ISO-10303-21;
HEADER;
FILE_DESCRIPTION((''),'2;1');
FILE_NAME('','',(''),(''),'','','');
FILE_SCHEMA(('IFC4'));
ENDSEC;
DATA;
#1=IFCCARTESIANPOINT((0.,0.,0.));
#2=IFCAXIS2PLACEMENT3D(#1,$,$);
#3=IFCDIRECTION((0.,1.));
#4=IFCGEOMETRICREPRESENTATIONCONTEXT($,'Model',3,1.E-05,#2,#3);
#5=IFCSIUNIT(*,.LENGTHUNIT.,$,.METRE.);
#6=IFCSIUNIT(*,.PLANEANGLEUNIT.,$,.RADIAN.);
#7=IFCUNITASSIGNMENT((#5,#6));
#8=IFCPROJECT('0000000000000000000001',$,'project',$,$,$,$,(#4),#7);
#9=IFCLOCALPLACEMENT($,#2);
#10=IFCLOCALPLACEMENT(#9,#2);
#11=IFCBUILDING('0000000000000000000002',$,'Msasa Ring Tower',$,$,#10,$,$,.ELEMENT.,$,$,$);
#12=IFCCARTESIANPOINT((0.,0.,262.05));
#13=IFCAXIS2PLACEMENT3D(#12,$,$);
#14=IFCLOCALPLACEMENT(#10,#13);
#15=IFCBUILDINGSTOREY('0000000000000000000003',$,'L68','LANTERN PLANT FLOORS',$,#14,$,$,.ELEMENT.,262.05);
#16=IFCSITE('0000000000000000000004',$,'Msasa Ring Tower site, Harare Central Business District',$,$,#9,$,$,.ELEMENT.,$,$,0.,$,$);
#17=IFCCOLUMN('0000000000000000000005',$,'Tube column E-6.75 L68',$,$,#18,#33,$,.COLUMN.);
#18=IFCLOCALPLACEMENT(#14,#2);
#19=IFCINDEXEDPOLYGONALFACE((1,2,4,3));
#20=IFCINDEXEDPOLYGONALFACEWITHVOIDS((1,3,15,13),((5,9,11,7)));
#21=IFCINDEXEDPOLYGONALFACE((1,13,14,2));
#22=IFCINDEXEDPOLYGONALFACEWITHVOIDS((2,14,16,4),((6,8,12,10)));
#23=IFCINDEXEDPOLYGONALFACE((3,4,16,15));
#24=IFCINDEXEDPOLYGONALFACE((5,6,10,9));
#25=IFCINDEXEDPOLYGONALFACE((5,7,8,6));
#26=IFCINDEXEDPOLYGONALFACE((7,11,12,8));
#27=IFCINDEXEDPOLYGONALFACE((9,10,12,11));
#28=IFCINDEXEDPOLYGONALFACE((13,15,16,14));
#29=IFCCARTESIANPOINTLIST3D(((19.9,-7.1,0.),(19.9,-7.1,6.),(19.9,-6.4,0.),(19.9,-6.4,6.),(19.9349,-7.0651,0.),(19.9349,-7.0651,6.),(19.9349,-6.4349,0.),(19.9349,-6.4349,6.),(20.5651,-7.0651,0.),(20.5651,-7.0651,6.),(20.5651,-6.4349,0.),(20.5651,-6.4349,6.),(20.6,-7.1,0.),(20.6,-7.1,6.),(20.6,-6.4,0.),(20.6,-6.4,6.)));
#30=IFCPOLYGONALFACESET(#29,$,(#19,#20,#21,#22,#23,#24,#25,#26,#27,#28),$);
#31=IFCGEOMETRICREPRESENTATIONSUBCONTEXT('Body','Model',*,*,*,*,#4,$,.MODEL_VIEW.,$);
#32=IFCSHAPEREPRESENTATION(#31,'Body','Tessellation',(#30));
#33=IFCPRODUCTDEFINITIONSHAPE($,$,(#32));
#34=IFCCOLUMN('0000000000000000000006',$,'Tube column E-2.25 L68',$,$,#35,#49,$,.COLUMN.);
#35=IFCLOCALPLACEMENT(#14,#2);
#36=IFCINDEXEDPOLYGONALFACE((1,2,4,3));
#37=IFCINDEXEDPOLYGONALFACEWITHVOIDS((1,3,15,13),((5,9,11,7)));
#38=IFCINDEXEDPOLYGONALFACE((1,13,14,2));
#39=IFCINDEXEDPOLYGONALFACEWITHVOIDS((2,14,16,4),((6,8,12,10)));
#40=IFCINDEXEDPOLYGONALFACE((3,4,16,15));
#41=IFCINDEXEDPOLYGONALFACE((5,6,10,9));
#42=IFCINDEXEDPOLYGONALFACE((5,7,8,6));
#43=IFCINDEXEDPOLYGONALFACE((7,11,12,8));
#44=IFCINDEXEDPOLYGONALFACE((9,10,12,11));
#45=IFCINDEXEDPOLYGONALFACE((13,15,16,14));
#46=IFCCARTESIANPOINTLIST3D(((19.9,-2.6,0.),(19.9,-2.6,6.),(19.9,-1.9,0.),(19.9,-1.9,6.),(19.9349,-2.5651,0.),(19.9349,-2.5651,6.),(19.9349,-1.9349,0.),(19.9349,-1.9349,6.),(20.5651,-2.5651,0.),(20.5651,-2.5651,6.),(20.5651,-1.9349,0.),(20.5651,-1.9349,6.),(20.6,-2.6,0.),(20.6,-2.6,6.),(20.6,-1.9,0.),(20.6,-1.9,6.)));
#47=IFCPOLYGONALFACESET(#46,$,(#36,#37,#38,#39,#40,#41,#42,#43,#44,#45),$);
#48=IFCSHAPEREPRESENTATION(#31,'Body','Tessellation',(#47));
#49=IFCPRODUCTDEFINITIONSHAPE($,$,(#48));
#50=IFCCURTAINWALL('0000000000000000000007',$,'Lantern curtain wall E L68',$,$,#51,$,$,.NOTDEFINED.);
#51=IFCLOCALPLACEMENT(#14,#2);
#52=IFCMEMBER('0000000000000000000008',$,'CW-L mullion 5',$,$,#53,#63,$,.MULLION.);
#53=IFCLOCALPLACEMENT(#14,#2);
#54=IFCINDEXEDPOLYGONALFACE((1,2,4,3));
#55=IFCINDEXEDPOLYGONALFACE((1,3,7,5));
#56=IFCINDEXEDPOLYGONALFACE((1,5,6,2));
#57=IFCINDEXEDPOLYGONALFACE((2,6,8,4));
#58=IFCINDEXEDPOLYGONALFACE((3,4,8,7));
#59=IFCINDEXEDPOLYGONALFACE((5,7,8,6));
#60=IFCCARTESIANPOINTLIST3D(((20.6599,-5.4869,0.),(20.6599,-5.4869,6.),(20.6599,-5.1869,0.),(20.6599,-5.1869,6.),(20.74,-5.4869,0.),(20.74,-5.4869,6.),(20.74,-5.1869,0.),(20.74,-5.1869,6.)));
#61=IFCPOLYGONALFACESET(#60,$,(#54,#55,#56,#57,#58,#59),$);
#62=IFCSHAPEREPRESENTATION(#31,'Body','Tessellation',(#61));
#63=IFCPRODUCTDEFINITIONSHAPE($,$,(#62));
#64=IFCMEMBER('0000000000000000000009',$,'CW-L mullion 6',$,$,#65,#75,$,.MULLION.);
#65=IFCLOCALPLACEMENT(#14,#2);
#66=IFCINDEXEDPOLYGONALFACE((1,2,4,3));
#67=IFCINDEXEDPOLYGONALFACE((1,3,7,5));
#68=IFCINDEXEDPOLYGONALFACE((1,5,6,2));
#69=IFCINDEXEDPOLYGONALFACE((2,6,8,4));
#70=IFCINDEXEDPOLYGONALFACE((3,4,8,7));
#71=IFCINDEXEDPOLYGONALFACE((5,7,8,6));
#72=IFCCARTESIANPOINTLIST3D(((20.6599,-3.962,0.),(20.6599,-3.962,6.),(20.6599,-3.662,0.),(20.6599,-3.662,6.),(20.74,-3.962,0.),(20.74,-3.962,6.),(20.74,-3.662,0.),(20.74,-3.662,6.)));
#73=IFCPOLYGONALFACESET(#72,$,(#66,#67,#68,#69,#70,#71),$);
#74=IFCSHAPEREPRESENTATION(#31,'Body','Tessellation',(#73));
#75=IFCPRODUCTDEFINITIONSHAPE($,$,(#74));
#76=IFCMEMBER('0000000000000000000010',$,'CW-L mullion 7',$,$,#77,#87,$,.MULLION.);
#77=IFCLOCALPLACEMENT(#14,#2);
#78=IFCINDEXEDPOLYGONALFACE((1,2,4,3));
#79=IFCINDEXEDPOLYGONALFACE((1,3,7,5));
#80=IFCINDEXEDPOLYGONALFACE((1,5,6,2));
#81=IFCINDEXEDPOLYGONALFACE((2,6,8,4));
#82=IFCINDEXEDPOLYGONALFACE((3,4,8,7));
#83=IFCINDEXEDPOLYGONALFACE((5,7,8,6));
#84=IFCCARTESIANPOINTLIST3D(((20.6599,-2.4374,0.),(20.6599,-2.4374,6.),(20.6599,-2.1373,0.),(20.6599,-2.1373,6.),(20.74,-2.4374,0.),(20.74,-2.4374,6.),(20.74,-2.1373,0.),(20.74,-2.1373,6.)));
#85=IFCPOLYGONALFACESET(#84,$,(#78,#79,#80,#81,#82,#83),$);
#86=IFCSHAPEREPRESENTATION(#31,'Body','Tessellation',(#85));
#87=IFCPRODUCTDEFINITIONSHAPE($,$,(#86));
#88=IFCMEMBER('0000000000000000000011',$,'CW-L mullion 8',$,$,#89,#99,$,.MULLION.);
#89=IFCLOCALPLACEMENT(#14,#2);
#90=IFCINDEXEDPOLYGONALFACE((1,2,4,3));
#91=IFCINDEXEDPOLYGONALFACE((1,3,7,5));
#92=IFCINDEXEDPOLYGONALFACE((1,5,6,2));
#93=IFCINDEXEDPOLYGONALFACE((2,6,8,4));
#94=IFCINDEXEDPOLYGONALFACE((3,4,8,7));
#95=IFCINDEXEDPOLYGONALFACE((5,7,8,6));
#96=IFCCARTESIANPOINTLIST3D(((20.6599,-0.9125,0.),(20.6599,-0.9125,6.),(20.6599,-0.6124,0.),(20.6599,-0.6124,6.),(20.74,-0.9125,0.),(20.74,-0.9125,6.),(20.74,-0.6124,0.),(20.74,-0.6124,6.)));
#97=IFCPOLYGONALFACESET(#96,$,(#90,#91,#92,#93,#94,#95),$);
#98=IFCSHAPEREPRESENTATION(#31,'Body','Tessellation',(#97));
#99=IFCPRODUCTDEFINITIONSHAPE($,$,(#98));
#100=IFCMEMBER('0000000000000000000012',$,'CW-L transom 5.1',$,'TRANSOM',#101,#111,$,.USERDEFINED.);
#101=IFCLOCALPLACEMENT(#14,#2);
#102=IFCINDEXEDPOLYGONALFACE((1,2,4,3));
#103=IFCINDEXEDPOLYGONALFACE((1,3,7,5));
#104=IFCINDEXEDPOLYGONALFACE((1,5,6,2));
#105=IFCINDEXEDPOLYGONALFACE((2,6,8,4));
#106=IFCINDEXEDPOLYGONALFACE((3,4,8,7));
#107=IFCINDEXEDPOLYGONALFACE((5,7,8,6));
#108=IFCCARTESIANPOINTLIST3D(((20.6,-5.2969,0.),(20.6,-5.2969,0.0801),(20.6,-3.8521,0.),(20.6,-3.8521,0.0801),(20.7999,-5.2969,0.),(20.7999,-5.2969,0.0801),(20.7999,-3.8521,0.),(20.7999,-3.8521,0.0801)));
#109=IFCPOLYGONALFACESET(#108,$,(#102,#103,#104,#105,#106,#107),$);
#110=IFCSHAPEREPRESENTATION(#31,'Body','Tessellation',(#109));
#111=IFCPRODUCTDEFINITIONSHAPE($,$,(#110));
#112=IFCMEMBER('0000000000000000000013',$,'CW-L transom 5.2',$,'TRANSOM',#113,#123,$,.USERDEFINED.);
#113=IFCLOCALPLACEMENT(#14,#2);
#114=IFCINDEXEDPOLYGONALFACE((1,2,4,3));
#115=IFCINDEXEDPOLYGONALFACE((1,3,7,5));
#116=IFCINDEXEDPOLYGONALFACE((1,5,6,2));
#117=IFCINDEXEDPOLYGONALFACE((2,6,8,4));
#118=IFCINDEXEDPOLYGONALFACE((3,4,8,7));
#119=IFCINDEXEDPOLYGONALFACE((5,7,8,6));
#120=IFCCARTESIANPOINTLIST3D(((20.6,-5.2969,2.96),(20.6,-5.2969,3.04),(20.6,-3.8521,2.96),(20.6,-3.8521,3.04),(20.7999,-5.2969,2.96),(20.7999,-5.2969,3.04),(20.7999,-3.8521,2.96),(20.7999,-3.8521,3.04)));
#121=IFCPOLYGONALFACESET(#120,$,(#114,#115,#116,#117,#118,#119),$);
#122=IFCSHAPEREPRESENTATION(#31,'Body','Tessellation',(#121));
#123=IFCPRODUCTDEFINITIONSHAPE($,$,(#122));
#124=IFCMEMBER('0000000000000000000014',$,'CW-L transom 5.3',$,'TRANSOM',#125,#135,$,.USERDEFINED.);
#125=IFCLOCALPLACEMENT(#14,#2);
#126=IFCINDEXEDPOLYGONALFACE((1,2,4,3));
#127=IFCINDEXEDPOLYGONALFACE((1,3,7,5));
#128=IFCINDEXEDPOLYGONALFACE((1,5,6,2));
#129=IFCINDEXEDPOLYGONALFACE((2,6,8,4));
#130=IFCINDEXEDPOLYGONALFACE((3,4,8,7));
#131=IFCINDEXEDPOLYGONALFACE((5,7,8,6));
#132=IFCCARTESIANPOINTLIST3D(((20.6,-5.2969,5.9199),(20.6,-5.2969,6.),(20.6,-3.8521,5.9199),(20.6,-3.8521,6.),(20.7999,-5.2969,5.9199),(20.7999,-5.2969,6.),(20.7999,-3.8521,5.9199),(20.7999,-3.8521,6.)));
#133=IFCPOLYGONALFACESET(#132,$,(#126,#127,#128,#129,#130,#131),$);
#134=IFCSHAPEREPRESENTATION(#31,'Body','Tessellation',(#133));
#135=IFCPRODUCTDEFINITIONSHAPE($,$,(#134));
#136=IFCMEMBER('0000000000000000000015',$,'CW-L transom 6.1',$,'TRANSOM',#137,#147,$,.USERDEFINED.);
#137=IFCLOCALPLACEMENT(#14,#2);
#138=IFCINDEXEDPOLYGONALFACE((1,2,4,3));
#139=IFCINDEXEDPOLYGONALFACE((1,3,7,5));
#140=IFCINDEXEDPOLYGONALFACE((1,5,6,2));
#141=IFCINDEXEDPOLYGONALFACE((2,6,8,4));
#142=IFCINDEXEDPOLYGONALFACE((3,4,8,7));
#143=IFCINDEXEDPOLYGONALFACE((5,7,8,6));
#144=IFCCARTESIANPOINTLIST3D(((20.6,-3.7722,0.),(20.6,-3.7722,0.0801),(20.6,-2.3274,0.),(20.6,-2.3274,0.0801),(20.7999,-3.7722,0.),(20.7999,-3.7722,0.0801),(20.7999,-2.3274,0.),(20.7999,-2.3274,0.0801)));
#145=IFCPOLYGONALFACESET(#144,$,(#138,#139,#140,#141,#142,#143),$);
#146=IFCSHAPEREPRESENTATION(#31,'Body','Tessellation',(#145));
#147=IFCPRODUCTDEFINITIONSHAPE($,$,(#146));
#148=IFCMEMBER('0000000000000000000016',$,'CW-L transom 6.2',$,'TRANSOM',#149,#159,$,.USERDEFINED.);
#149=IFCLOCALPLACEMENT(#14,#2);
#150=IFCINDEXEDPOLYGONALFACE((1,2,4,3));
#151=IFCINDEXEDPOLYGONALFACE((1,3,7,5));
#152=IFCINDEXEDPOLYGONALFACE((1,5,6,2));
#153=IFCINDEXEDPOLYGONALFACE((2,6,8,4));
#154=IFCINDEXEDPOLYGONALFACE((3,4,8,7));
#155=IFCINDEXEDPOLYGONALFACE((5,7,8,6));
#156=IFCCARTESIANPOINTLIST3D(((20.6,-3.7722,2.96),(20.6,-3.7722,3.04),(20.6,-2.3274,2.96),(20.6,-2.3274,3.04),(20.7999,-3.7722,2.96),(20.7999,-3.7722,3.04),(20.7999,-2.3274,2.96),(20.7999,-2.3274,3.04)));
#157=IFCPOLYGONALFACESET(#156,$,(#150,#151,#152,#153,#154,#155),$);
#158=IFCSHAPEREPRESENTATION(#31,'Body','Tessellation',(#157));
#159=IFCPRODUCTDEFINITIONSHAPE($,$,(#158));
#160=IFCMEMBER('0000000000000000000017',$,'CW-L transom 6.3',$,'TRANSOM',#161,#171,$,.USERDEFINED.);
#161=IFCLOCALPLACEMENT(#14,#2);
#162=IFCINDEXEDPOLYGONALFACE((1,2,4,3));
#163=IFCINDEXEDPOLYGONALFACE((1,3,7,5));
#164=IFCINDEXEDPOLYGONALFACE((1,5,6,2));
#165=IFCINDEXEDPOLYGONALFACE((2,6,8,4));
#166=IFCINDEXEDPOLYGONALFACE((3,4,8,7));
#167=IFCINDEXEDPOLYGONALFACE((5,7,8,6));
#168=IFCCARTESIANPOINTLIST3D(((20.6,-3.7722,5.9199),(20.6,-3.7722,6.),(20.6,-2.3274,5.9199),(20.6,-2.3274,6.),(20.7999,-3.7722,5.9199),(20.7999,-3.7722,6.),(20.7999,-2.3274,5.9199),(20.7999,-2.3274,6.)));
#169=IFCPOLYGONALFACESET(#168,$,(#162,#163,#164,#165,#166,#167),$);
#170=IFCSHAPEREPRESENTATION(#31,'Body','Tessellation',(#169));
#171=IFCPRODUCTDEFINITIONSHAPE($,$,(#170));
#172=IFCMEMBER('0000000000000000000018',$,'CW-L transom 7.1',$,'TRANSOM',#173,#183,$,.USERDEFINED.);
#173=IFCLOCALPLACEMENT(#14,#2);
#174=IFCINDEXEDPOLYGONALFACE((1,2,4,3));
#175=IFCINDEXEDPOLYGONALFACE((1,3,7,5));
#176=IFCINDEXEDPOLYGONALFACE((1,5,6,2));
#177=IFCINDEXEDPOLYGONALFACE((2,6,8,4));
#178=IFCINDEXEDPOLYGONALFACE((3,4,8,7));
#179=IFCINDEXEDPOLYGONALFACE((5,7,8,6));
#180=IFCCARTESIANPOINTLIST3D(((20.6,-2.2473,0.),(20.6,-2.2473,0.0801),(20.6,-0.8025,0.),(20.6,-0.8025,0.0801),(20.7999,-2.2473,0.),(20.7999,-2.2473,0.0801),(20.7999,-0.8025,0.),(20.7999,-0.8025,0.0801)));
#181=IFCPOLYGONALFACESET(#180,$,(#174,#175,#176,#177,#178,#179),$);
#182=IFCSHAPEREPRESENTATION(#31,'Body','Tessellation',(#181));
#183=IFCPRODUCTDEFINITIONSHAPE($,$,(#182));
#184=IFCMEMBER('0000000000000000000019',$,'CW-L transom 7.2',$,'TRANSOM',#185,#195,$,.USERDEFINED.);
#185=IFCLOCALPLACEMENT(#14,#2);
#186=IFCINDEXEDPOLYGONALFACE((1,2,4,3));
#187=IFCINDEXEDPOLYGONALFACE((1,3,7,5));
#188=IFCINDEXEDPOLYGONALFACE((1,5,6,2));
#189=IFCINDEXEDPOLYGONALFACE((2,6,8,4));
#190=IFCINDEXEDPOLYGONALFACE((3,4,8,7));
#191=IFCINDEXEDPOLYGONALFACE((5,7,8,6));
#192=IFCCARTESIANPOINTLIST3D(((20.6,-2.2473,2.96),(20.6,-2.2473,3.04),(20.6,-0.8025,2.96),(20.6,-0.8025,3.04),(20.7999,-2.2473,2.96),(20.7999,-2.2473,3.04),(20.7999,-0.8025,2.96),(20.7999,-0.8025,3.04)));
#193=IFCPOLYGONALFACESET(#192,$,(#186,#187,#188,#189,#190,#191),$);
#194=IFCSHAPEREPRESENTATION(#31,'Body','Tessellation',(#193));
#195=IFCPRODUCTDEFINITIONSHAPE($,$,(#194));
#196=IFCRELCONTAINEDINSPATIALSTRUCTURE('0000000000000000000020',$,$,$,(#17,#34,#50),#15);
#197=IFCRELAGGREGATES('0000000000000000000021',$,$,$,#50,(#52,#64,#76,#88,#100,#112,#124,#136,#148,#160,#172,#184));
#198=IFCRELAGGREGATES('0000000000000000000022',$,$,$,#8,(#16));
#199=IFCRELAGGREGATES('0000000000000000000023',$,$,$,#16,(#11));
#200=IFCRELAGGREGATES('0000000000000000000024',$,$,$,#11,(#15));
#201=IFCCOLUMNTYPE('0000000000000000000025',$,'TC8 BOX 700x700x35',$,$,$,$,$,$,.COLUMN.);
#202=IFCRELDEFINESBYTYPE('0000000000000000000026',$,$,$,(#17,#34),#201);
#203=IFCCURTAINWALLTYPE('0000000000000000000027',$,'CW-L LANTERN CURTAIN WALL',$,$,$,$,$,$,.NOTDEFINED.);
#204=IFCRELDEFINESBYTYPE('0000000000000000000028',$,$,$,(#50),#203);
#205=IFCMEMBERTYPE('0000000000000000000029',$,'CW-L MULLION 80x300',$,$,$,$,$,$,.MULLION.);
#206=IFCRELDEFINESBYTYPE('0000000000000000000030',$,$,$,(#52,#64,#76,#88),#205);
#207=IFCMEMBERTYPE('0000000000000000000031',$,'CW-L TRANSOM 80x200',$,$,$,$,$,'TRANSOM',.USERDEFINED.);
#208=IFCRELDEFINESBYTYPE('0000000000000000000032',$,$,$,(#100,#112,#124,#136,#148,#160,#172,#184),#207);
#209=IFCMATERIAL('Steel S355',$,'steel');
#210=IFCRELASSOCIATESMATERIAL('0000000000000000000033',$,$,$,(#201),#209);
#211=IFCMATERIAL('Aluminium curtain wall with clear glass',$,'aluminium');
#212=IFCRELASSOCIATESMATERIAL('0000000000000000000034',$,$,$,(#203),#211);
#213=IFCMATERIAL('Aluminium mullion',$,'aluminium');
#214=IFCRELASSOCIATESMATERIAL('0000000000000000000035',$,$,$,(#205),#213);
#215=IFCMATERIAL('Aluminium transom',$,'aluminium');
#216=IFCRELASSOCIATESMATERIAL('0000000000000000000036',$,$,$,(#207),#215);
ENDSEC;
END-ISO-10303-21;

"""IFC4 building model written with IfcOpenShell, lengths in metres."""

from ifc_helpers import new_model, si_unit, direction, frame, origin, origin_2d, place, context, subcontext, project, spatial, rectangle, hollow_rectangle, extrude, material, material_profile, profile_set, type_object, element, aggregate, save


model = new_model("IFC4")

# Units and contexts
model_context = context("Model", 3, precision=1e-05, world=origin(), true_north=direction((0.0, 1.0)))
body_context = subcontext(model_context, "Body", "Model", "MODEL_VIEW")
ifc_project = project(units=[si_unit("LENGTHUNIT", "METRE"), si_unit("PLANEANGLEUNIT", "RADIAN")], contexts=[model_context])

# Site, building, storey
site_placement = place(None, origin())
site = spatial("IfcSite", under=ifc_project, at=site_placement, Name="Msasa Ring Tower site, Harare Central Business District", CompositionType="ELEMENT", RefElevation=0.0)
building_placement = place(site_placement, origin())
building = spatial("IfcBuilding", under=site, at=building_placement, Name="Msasa Ring Tower", CompositionType="ELEMENT")
storey_placement = place(building_placement, frame((0.0, 0.0, 262.05)))
storey = spatial("IfcBuildingStorey", under=building, at=storey_placement, Name="L68", Description="LANTERN PLANT FLOORS", CompositionType="ELEMENT", Elevation=262.05)

# Columns
ifc_material_1 = material(Name="Steel S355", Category="steel")
ifc_material_profile_1 = material_profile(ifc_material_1, hollow_rectangle(XDim=0.7, YDim=0.7, WallThickness=0.0349, at=origin_2d()), Name="BOX 700x700x35")
ifc_profile_set_1 = profile_set([ifc_material_profile_1], Name="Steel S355")
column_type = type_object("IfcColumnType", Name="TC8 BOX 700x700x35", PredefinedType="COLUMN", material=ifc_profile_set_1)
for number, where, z_axis, x_axis, name in (
    (1, (20.25, -6.75, 0.0), (0.0, 0.0, 1.0), (1.0, 0.0, 0.0), "Tube column E-6.75 L68"),
    (2, (20.25, -2.25, 0.0), (0.0, 0.0, 1.0), (1.0, 0.0, 0.0), "Tube column E-2.25 L68"),
):
    element("IfcColumn", number, at=place(storey_placement, frame(where, z_axis=z_axis, x_axis=x_axis)), inside=storey, type_object=column_type, Name=name, PredefinedType="COLUMN", context=body_context, shape_type="SweptSolid", body=[
        extrude(hollow_rectangle(XDim=0.7, YDim=0.7, WallThickness=0.0349, at=origin_2d()), origin(), (0.0, 0.0, 1.0), 6.0),
    ])

# Curtain wall, members
ifc_material_2 = material(Name="Aluminium curtain wall with clear glass", Category="aluminium")
curtain_wall_type = type_object("IfcCurtainWallType", Name="CW-L LANTERN CURTAIN WALL", PredefinedType="NOTDEFINED", material=ifc_material_2)
curtain_wall_placement = place(storey_placement, origin())
curtain_wall = element("IfcCurtainWall", 3, at=curtain_wall_placement, inside=storey, type_object=curtain_wall_type, Name="Lantern curtain wall E L68", PredefinedType="NOTDEFINED")
ifc_material_3 = material(Name="Aluminium mullion", Category="aluminium")
ifc_material_profile_2 = material_profile(ifc_material_3, rectangle(XDim=0.0801, YDim=0.3, at=origin_2d()), Name="AL 80x300")
ifc_profile_set_2 = profile_set([ifc_material_profile_2], Name="Aluminium mullion")
member_type_1 = type_object("IfcMemberType", Name="CW-L MULLION 80x300", PredefinedType="MULLION", material=ifc_profile_set_2)
member_1_placement = place(storey_placement, frame((20.7, -5.3369, 0.0), z_axis=(0.0, 0.0, 1.0), x_axis=(-1.0, 0.0, 0.0)))
member_1 = element("IfcMember", 4, at=member_1_placement, type_object=member_type_1, Name="CW-L mullion 5", PredefinedType="MULLION", context=body_context, shape_type="SweptSolid", body=[
    extrude(rectangle(XDim=0.0801, YDim=0.3, at=origin_2d()), origin(), (0.0, 0.0, 1.0), 6.0),
])
member_2_placement = place(storey_placement, frame((20.7, -3.812, 0.0), z_axis=(0.0, 0.0, 1.0), x_axis=(-1.0, 0.0, 0.0)))
member_2 = element("IfcMember", 5, at=member_2_placement, type_object=member_type_1, Name="CW-L mullion 6", PredefinedType="MULLION", context=body_context, shape_type="SweptSolid", body=[
    extrude(rectangle(XDim=0.0801, YDim=0.3, at=origin_2d()), origin(), (0.0, 0.0, 1.0), 6.0),
])
member_3_placement = place(storey_placement, frame((20.7, -2.2874, 0.0), z_axis=(0.0, 0.0, 1.0), x_axis=(-1.0, 0.0, 0.0)))
member_3 = element("IfcMember", 6, at=member_3_placement, type_object=member_type_1, Name="CW-L mullion 7", PredefinedType="MULLION", context=body_context, shape_type="SweptSolid", body=[
    extrude(rectangle(XDim=0.0801, YDim=0.3, at=origin_2d()), origin(), (0.0, 0.0, 1.0), 6.0),
])
member_4_placement = place(storey_placement, frame((20.7, -0.7625, 0.0), z_axis=(0.0, 0.0, 1.0), x_axis=(-1.0, 0.0, 0.0)))
member_4 = element("IfcMember", 7, at=member_4_placement, type_object=member_type_1, Name="CW-L mullion 8", PredefinedType="MULLION", context=body_context, shape_type="SweptSolid", body=[
    extrude(rectangle(XDim=0.0801, YDim=0.3, at=origin_2d()), origin(), (0.0, 0.0, 1.0), 6.0),
])
ifc_material_4 = material(Name="Aluminium transom", Category="aluminium")
ifc_material_profile_3 = material_profile(ifc_material_4, rectangle(XDim=0.2, YDim=0.0801, at=origin_2d()), Name="AL 80x200")
ifc_profile_set_3 = profile_set([ifc_material_profile_3], Name="Aluminium transom")
member_type_2 = type_object("IfcMemberType", Name="CW-L TRANSOM 80x200", ElementType="TRANSOM", PredefinedType="USERDEFINED", material=ifc_profile_set_3)
member_5_placement = place(storey_placement, frame((20.7, -5.2969, 0.04), z_axis=(0.0, 1.0, 0.0), x_axis=(-1.0, 0.0, 0.0)))
member_5 = element("IfcMember", 8, at=member_5_placement, type_object=member_type_2, Name="CW-L transom 5.1", ObjectType="TRANSOM", PredefinedType="USERDEFINED", context=body_context, shape_type="SweptSolid", body=[
    extrude(rectangle(XDim=0.2, YDim=0.0801, at=origin_2d()), origin(), (0.0, 0.0, 1.0), 1.4448),
])
member_6_placement = place(storey_placement, frame((20.7, -5.2969, 3.0), z_axis=(0.0, 1.0, 0.0), x_axis=(-1.0, 0.0, 0.0)))
member_6 = element("IfcMember", 9, at=member_6_placement, type_object=member_type_2, Name="CW-L transom 5.2", ObjectType="TRANSOM", PredefinedType="USERDEFINED", context=body_context, shape_type="SweptSolid", body=[
    extrude(rectangle(XDim=0.2, YDim=0.0801, at=origin_2d()), origin(), (0.0, 0.0, 1.0), 1.4448),
])
member_7_placement = place(storey_placement, frame((20.7, -5.2969, 5.96), z_axis=(0.0, 1.0, 0.0), x_axis=(-1.0, 0.0, 0.0)))
member_7 = element("IfcMember", 10, at=member_7_placement, type_object=member_type_2, Name="CW-L transom 5.3", ObjectType="TRANSOM", PredefinedType="USERDEFINED", context=body_context, shape_type="SweptSolid", body=[
    extrude(rectangle(XDim=0.2, YDim=0.0801, at=origin_2d()), origin(), (0.0, 0.0, 1.0), 1.4448),
])
member_8_placement = place(storey_placement, frame((20.7, -3.7722, 0.04), z_axis=(0.0, 1.0, 0.0), x_axis=(-1.0, 0.0, 0.0)))
member_8 = element("IfcMember", 11, at=member_8_placement, type_object=member_type_2, Name="CW-L transom 6.1", ObjectType="TRANSOM", PredefinedType="USERDEFINED", context=body_context, shape_type="SweptSolid", body=[
    extrude(rectangle(XDim=0.2, YDim=0.0801, at=origin_2d()), origin(), (0.0, 0.0, 1.0), 1.4448),
])
member_9_placement = place(storey_placement, frame((20.7, -3.7722, 3.0), z_axis=(0.0, 1.0, 0.0), x_axis=(-1.0, 0.0, 0.0)))
member_9 = element("IfcMember", 12, at=member_9_placement, type_object=member_type_2, Name="CW-L transom 6.2", ObjectType="TRANSOM", PredefinedType="USERDEFINED", context=body_context, shape_type="SweptSolid", body=[
    extrude(rectangle(XDim=0.2, YDim=0.0801, at=origin_2d()), origin(), (0.0, 0.0, 1.0), 1.4448),
])
member_10_placement = place(storey_placement, frame((20.7, -3.7722, 5.96), z_axis=(0.0, 1.0, 0.0), x_axis=(-1.0, 0.0, 0.0)))
member_10 = element("IfcMember", 13, at=member_10_placement, type_object=member_type_2, Name="CW-L transom 6.3", ObjectType="TRANSOM", PredefinedType="USERDEFINED", context=body_context, shape_type="SweptSolid", body=[
    extrude(rectangle(XDim=0.2, YDim=0.0801, at=origin_2d()), origin(), (0.0, 0.0, 1.0), 1.4448),
])
member_11_placement = place(storey_placement, frame((20.7, -2.2473, 0.04), z_axis=(0.0, 1.0, 0.0), x_axis=(-1.0, 0.0, 0.0)))
member_11 = element("IfcMember", 14, at=member_11_placement, type_object=member_type_2, Name="CW-L transom 7.1", ObjectType="TRANSOM", PredefinedType="USERDEFINED", context=body_context, shape_type="SweptSolid", body=[
    extrude(rectangle(XDim=0.2, YDim=0.0801, at=origin_2d()), origin(), (0.0, 0.0, 1.0), 1.4448),
])
member_12_placement = place(storey_placement, frame((20.7, -2.2473, 3.0), z_axis=(0.0, 1.0, 0.0), x_axis=(-1.0, 0.0, 0.0)))
member_12 = element("IfcMember", 15, at=member_12_placement, type_object=member_type_2, Name="CW-L transom 7.2", ObjectType="TRANSOM", PredefinedType="USERDEFINED", context=body_context, shape_type="SweptSolid", body=[
    extrude(rectangle(XDim=0.2, YDim=0.0801, at=origin_2d()), origin(), (0.0, 0.0, 1.0), 1.4448),
])

aggregate(curtain_wall, [member_1, member_2, member_3, member_4, member_5, member_6, member_7, member_8, member_9, member_10, member_11, member_12])

save(model, "model.ifc")
